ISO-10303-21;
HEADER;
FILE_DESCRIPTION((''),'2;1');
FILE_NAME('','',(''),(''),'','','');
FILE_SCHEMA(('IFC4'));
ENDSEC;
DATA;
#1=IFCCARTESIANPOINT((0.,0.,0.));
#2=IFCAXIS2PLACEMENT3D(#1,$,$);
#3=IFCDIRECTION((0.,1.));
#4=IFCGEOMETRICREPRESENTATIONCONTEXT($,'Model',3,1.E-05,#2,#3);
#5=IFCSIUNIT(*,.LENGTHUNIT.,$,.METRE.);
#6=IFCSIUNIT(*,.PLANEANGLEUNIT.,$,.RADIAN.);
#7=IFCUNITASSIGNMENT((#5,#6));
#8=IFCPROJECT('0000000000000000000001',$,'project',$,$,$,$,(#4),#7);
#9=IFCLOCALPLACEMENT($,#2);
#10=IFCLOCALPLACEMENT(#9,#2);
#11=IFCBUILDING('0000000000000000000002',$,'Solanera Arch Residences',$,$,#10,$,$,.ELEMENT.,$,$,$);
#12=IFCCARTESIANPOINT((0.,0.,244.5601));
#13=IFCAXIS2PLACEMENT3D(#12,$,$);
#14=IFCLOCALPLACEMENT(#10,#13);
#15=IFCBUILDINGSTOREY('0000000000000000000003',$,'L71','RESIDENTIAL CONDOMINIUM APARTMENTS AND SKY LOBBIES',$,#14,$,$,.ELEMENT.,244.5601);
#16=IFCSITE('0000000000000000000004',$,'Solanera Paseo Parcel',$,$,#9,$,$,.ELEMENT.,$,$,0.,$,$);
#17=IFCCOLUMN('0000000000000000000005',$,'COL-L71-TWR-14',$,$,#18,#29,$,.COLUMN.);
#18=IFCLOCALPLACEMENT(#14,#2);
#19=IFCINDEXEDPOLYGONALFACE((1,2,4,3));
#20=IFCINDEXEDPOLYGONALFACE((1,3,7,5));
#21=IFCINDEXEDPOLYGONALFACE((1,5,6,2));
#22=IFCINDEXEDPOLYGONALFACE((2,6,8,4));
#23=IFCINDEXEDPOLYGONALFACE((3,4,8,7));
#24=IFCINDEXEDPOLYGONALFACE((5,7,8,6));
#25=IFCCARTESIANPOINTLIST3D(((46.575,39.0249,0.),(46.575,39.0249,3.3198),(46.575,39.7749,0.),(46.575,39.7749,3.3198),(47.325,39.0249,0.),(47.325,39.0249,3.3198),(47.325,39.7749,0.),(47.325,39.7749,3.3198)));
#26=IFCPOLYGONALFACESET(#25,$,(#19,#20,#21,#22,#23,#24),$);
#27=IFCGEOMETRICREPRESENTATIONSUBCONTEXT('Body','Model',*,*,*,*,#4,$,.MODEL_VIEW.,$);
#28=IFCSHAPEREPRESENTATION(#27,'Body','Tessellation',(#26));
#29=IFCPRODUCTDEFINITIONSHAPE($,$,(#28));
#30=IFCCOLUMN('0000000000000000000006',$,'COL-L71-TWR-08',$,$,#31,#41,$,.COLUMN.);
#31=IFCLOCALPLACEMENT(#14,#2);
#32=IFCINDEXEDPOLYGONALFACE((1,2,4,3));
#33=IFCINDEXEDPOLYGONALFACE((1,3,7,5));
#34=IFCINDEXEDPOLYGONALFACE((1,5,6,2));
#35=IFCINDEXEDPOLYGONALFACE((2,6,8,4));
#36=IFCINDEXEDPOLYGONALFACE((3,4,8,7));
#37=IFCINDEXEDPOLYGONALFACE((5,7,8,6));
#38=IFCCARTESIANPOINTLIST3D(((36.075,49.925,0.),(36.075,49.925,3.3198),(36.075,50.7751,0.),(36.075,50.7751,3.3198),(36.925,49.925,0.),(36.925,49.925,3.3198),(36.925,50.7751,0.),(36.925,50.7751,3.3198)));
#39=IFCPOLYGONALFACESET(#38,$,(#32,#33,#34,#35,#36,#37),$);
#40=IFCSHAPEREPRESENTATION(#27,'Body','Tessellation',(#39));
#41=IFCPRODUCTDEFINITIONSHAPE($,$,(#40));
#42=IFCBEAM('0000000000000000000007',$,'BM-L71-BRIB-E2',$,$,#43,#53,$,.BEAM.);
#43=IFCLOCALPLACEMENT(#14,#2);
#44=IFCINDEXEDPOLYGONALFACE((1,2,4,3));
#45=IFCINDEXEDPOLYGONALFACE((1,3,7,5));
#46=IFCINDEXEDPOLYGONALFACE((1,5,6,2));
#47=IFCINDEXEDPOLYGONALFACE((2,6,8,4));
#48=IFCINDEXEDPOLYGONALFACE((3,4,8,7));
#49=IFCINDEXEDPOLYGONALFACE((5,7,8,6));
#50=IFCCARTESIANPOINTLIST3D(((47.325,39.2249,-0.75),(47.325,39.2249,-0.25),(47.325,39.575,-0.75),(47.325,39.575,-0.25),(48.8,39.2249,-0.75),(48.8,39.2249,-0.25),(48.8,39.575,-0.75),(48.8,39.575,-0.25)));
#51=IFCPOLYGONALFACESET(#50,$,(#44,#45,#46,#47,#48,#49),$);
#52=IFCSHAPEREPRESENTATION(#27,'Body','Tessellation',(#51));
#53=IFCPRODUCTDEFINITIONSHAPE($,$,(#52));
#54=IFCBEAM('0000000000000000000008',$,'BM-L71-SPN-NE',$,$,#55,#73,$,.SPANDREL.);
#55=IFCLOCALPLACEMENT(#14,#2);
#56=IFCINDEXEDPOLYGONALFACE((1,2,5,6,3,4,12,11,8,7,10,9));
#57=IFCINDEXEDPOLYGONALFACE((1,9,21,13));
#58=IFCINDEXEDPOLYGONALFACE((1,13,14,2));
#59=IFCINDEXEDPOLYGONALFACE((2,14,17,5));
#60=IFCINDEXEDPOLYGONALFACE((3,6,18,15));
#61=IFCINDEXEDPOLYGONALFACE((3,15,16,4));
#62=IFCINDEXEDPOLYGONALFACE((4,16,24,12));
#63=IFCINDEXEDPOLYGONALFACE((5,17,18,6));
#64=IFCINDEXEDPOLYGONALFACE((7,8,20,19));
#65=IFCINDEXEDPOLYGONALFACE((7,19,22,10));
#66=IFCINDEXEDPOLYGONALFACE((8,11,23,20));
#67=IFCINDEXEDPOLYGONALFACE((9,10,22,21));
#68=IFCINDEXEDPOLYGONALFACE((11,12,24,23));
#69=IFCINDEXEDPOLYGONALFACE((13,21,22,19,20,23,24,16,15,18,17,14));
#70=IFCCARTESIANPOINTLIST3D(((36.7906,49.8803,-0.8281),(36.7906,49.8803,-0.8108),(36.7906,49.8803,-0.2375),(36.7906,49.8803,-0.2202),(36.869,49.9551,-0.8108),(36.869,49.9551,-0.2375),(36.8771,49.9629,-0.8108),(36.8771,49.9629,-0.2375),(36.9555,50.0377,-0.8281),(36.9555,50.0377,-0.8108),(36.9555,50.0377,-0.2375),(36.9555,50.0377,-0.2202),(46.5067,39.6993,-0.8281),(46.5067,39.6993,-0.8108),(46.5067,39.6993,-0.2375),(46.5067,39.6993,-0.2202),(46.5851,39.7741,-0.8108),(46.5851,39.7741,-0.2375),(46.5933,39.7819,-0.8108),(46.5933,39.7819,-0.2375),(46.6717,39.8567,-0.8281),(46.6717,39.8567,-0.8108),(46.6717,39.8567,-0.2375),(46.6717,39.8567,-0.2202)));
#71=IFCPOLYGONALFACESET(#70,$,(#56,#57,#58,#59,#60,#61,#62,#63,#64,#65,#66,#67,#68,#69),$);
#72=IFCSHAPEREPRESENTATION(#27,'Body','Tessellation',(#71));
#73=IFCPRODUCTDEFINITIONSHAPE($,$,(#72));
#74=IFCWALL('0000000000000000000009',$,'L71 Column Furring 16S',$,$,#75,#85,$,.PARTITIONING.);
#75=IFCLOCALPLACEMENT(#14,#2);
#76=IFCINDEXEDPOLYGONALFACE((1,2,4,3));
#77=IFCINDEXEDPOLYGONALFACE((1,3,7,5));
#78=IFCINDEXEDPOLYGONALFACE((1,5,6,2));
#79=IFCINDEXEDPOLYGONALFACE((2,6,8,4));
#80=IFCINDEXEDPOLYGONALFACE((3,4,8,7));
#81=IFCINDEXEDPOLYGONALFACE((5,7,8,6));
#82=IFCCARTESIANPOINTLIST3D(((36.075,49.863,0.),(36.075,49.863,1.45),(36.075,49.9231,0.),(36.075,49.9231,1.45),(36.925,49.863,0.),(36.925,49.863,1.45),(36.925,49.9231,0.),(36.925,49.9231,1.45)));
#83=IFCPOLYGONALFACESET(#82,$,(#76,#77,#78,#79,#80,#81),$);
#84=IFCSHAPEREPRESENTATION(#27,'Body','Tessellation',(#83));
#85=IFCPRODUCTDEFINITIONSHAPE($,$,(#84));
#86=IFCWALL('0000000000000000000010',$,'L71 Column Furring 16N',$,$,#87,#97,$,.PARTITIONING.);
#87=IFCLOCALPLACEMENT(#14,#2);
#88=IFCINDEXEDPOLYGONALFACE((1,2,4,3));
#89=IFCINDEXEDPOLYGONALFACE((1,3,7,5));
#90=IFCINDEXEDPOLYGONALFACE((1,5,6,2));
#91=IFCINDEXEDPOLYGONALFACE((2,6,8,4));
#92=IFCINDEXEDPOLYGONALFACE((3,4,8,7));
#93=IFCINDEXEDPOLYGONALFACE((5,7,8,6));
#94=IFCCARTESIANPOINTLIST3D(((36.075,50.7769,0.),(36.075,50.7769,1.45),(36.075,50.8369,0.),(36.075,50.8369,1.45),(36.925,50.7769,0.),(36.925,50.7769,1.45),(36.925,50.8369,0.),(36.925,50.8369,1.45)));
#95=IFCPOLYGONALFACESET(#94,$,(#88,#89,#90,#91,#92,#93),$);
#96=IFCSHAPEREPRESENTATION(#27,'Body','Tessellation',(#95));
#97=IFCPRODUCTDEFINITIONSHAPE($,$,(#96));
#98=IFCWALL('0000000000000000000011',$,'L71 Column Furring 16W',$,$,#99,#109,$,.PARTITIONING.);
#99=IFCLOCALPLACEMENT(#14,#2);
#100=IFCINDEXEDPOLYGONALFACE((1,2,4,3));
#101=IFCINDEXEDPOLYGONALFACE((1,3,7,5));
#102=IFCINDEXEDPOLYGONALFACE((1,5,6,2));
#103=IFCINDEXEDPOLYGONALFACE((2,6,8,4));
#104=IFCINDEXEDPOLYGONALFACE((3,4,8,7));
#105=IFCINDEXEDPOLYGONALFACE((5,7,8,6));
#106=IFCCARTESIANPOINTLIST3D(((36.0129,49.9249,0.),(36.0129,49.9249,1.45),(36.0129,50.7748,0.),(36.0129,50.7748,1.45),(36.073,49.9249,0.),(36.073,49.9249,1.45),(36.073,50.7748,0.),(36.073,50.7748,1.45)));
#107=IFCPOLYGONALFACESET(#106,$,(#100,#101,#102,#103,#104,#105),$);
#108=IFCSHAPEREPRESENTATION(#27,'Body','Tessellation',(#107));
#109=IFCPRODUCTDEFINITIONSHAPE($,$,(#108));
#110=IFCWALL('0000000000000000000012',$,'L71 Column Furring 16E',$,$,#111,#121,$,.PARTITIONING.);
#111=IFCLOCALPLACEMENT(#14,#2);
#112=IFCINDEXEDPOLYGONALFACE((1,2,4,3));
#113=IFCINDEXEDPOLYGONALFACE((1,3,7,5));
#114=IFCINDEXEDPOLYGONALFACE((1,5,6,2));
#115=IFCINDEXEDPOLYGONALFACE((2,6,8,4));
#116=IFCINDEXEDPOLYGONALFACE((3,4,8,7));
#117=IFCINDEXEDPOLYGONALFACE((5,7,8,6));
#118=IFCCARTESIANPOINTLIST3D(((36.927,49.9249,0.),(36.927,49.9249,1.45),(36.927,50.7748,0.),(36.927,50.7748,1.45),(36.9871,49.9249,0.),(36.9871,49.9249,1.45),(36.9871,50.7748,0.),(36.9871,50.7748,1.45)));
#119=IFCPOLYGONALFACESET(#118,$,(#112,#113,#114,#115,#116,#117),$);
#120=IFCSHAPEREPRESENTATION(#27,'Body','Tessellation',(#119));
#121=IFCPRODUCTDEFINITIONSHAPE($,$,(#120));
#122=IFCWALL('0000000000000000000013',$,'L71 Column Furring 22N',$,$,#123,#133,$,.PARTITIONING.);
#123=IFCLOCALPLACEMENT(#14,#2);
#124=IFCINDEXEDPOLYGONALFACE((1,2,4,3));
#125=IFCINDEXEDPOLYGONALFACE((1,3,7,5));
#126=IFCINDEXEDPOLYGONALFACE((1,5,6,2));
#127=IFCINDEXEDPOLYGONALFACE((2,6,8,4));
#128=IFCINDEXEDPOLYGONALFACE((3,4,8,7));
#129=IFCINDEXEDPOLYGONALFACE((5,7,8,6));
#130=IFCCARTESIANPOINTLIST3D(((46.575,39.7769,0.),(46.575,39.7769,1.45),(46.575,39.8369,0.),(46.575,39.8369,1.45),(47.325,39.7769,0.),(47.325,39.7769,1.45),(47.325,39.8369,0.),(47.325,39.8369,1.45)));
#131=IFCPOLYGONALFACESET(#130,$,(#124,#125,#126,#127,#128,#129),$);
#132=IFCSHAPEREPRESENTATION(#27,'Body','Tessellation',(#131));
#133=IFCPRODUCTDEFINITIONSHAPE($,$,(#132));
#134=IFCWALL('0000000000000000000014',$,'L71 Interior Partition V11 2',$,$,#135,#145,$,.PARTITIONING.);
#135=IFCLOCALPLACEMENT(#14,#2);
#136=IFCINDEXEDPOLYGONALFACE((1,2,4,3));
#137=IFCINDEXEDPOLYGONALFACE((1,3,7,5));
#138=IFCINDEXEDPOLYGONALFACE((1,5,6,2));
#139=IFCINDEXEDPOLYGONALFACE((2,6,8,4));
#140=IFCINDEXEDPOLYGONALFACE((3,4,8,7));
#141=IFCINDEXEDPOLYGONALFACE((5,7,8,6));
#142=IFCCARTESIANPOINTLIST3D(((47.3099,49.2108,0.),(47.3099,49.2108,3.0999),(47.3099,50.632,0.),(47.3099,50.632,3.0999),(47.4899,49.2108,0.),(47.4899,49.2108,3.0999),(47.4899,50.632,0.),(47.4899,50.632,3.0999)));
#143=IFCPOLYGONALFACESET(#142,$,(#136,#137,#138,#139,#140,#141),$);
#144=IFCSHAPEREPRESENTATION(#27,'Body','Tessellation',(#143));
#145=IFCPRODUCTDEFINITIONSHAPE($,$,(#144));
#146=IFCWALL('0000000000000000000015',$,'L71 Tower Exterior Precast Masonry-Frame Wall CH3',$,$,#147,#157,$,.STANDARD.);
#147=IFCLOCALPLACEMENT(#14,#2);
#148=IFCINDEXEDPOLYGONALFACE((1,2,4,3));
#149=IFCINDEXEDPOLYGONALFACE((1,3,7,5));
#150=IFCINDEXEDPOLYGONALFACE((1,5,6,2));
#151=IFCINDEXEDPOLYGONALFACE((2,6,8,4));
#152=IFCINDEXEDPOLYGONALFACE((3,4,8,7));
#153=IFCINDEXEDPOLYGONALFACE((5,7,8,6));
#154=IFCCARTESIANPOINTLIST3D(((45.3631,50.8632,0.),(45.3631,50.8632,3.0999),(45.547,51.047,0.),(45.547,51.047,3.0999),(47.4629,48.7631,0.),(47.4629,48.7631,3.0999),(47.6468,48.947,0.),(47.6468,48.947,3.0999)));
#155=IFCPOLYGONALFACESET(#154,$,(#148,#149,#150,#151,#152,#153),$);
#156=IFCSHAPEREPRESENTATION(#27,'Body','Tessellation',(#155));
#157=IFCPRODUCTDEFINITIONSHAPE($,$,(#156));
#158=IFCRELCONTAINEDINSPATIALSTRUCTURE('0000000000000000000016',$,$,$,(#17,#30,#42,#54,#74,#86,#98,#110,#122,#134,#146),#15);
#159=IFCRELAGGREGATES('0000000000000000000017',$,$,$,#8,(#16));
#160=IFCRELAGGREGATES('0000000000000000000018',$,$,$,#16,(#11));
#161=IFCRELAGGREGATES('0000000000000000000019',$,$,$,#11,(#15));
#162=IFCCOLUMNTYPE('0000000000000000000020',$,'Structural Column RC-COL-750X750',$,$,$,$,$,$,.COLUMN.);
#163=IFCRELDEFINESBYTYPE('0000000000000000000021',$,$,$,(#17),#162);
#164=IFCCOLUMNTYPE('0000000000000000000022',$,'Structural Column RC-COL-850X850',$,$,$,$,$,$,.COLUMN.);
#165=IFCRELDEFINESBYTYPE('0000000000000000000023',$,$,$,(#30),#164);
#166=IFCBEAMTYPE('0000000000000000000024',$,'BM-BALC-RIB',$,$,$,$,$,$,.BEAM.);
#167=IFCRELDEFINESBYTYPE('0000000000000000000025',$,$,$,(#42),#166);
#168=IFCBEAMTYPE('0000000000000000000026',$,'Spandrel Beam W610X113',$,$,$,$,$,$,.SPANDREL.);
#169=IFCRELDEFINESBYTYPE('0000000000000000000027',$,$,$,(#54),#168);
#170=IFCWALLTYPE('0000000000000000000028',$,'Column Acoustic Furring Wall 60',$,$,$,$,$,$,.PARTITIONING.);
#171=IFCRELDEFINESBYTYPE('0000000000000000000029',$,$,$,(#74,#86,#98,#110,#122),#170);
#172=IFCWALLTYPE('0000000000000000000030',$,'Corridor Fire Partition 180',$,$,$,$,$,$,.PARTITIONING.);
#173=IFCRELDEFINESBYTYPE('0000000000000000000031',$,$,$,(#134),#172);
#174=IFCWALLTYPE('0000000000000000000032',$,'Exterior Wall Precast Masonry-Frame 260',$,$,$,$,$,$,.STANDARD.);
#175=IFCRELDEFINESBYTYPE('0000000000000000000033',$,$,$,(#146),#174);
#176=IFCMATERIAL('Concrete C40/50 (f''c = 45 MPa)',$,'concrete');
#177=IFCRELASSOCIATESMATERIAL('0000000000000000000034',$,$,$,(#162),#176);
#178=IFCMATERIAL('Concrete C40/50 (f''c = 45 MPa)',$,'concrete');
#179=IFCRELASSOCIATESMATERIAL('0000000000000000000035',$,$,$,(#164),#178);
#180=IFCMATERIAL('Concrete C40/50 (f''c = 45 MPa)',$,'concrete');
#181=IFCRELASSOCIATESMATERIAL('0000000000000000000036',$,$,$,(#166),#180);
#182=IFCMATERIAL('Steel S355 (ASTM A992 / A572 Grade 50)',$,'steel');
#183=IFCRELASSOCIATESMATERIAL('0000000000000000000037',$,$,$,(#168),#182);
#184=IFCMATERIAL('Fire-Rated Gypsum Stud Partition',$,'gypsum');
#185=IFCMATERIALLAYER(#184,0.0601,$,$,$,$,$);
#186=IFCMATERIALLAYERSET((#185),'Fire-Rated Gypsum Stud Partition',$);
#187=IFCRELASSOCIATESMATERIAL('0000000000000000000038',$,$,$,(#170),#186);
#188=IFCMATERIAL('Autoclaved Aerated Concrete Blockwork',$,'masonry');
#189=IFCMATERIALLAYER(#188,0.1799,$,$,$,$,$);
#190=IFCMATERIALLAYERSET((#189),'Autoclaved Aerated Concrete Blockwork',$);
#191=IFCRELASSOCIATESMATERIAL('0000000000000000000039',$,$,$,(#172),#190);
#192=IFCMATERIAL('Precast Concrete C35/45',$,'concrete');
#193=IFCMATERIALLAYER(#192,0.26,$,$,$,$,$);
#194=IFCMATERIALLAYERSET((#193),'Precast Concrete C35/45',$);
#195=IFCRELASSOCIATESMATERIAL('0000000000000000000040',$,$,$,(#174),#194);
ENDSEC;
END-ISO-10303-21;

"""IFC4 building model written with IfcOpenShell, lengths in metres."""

from ifc_helpers import new_model, si_unit, direction, frame, frame_2d, origin, origin_2d, place, context, subcontext, project, spatial, rectangle, i_section, extrude, material, layer, layer_set, material_profile, profile_set, type_object, element, save


model = new_model("IFC4")

# Units and contexts
model_context = context("Model", 3, precision=1e-05, world=origin(), true_north=direction((0.0, 1.0)))
body_context = subcontext(model_context, "Body", "Model", "MODEL_VIEW")
ifc_project = project(units=[si_unit("LENGTHUNIT", "METRE"), si_unit("PLANEANGLEUNIT", "RADIAN")], contexts=[model_context])

# Site, building, storey
site_placement = place(None, origin())
site = spatial("IfcSite", under=ifc_project, at=site_placement, Name="Solanera Paseo Parcel", CompositionType="ELEMENT", RefElevation=0.0)
building_placement = place(site_placement, origin())
building = spatial("IfcBuilding", under=site, at=building_placement, Name="Solanera Arch Residences", CompositionType="ELEMENT")
storey_placement = place(building_placement, frame((0.0, 0.0, 244.5601)))
storey = spatial("IfcBuildingStorey", under=building, at=storey_placement, Name="L71", Description="RESIDENTIAL CONDOMINIUM APARTMENTS AND SKY LOBBIES", CompositionType="ELEMENT", Elevation=244.5601)

# Columns
ifc_material_1 = material(Name="Concrete C40/50 (f'c = 45 MPa)", Category="concrete")
ifc_material_profile_1 = material_profile(ifc_material_1, rectangle(XDim=0.75, YDim=0.75, at=origin_2d()))
ifc_profile_set_1 = profile_set([ifc_material_profile_1], Name="Concrete C40/50 (f'c = 45 MPa)")
column_type_1 = type_object("IfcColumnType", Name="Structural Column RC-COL-750X750", PredefinedType="COLUMN", material=ifc_profile_set_1)
column_1_placement = place(storey_placement, frame((46.95, 39.3999, 0.0), z_axis=(0.0, 0.0, 1.0), x_axis=(1.0, 0.0, 0.0)))
element("IfcColumn", 1, at=column_1_placement, inside=storey, type_object=column_type_1, Name="COL-L71-TWR-14", PredefinedType="COLUMN", context=body_context, shape_type="SweptSolid", body=[
    extrude(rectangle(XDim=0.75, YDim=0.75, at=origin_2d()), origin(), (0.0, 0.0, 1.0), 3.3198),
])
ifc_material_2 = material(Name="Concrete C40/50 (f'c = 45 MPa)", Category="concrete")
ifc_material_profile_2 = material_profile(ifc_material_2, rectangle(XDim=0.8501, YDim=0.8501, at=origin_2d()))
ifc_profile_set_2 = profile_set([ifc_material_profile_2], Name="Concrete C40/50 (f'c = 45 MPa)")
column_type_2 = type_object("IfcColumnType", Name="Structural Column RC-COL-850X850", PredefinedType="COLUMN", material=ifc_profile_set_2)
column_2_placement = place(storey_placement, frame((36.5, 50.3501, 0.0), z_axis=(0.0, 0.0, 1.0), x_axis=(1.0, 0.0, 0.0)))
element("IfcColumn", 2, at=column_2_placement, inside=storey, type_object=column_type_2, Name="COL-L71-TWR-08", PredefinedType="COLUMN", context=body_context, shape_type="SweptSolid", body=[
    extrude(rectangle(XDim=0.8501, YDim=0.8501, at=origin_2d()), origin(), (0.0, 0.0, 1.0), 3.3198),
])

# Beams
ifc_material_3 = material(Name="Concrete C40/50 (f'c = 45 MPa)", Category="concrete")
ifc_material_profile_3 = material_profile(ifc_material_3, rectangle(XDim=0.3501, YDim=0.5, at=origin_2d()))
ifc_profile_set_3 = profile_set([ifc_material_profile_3], Name="Concrete C40/50 (f'c = 45 MPa)")
beam_type_1 = type_object("IfcBeamType", Name="BM-BALC-RIB", PredefinedType="BEAM", material=ifc_profile_set_3)
beam_1_placement = place(storey_placement, frame((47.325, 39.3999, -0.5), z_axis=(1.0, 0.0, 0.0), x_axis=(0.0, 1.0, 0.0)))
element("IfcBeam", 3, at=beam_1_placement, inside=storey, type_object=beam_type_1, Name="BM-L71-BRIB-E2", PredefinedType="BEAM", context=body_context, shape_type="SweptSolid", body=[
    extrude(rectangle(XDim=0.3501, YDim=0.5, at=origin_2d()), origin(), (0.0, 0.0, 1.0), 1.4751),
])
ifc_material_4 = material(Name="Steel S355 (ASTM A992 / A572 Grade 50)", Category="steel")
ifc_material_profile_4 = material_profile(ifc_material_4, i_section(OverallWidth=0.228, OverallDepth=0.6079, WebThickness=0.0112, FlangeThickness=0.0173, at=origin_2d()))
ifc_profile_set_4 = profile_set([ifc_material_profile_4], Name="Steel S355 (ASTM A992 / A572 Grade 50)")
beam_type_2 = type_object("IfcBeamType", Name="Spandrel Beam W610X113", PredefinedType="SPANDREL", material=ifc_profile_set_4)
beam_2_placement = place(storey_placement, frame((36.873, 49.959, -0.5242), z_axis=(0.690399, -0.723429, 0.0), x_axis=(0.723429, 0.690399, 0.0)))
element("IfcBeam", 4, at=beam_2_placement, inside=storey, type_object=beam_type_2, Name="BM-L71-SPN-NE", PredefinedType="SPANDREL", context=body_context, shape_type="SweptSolid", body=[
    extrude(i_section(OverallWidth=0.228, OverallDepth=0.6079, WebThickness=0.0112, FlangeThickness=0.0173, at=origin_2d()), origin(), (0.0, 0.0, 1.0), 14.0732),
])

# Walls
ifc_material_5 = material(Name="Fire-Rated Gypsum Stud Partition", Category="gypsum")
ifc_layer_1 = layer(ifc_material_5, 0.0601)
ifc_layer_set_1 = layer_set([ifc_layer_1], Name="Fire-Rated Gypsum Stud Partition")
wall_type_1 = type_object("IfcWallType", Name="Column Acoustic Furring Wall 60", PredefinedType="PARTITIONING", material=ifc_layer_set_1)
for number, where, z_axis, x_axis, name in (
    (5, (36.075, 49.8931, 0.0), (0.0, 0.0, 1.0), (1.0, 0.0, 0.0), "L71 Column Furring 16S"),
    (6, (36.075, 50.8069, 0.0), (0.0, 0.0, 1.0), (1.0, 0.0, 0.0), "L71 Column Furring 16N"),
):
    element("IfcWall", number, at=place(storey_placement, frame(where, z_axis=z_axis, x_axis=x_axis)), inside=storey, type_object=wall_type_1, Name=name, PredefinedType="PARTITIONING", context=body_context, shape_type="SweptSolid", body=[
        extrude(rectangle(XDim=0.8501, YDim=0.0601, at=frame_2d((0.425, 0.0))), origin(), (0.0, 0.0, 1.0), 1.45),
    ])
for number, where, z_axis, x_axis, name in (
    (7, (36.043, 49.925, 0.0), (0.0, 0.0, 1.0), (0.0, 1.0, 0.0), "L71 Column Furring 16W"),
    (8, (36.957, 49.925, 0.0), (0.0, 0.0, 1.0), (0.0, 1.0, 0.0), "L71 Column Furring 16E"),
):
    element("IfcWall", number, at=place(storey_placement, frame(where, z_axis=z_axis, x_axis=x_axis)), inside=storey, type_object=wall_type_1, Name=name, PredefinedType="PARTITIONING", context=body_context, shape_type="SweptSolid", body=[
        extrude(rectangle(XDim=0.8499, YDim=0.0601, at=frame_2d((0.4248, 0.0))), origin(), (0.0, 0.0, 1.0), 1.45),
    ])
wall_1_placement = place(storey_placement, frame((46.575, 39.8069, 0.0), z_axis=(0.0, 0.0, 1.0), x_axis=(1.0, 0.0, 0.0)))
element("IfcWall", 9, at=wall_1_placement, inside=storey, type_object=wall_type_1, Name="L71 Column Furring 22N", PredefinedType="PARTITIONING", context=body_context, shape_type="SweptSolid", body=[
    extrude(rectangle(XDim=0.75, YDim=0.0601, at=frame_2d((0.375, 0.0))), origin(), (0.0, 0.0, 1.0), 1.45),
])
ifc_material_6 = material(Name="Autoclaved Aerated Concrete Blockwork", Category="masonry")
ifc_layer_2 = layer(ifc_material_6, 0.1799)
ifc_layer_set_2 = layer_set([ifc_layer_2], Name="Autoclaved Aerated Concrete Blockwork")
wall_type_2 = type_object("IfcWallType", Name="Corridor Fire Partition 180", PredefinedType="PARTITIONING", material=ifc_layer_set_2)
wall_2_placement = place(storey_placement, frame((47.3999, 49.2109, 0.0), z_axis=(0.0, 0.0, 1.0), x_axis=(0.0, 1.0, 0.0)))
element("IfcWall", 10, at=wall_2_placement, inside=storey, type_object=wall_type_2, Name="L71 Interior Partition V11 2", PredefinedType="PARTITIONING", context=body_context, shape_type="SweptSolid", body=[
    extrude(rectangle(XDim=1.4211, YDim=0.1799, at=frame_2d((0.7104, 0.0))), origin(), (0.0, 0.0, 1.0), 3.0999),
])
ifc_material_7 = material(Name="Precast Concrete C35/45", Category="concrete")
ifc_layer_3 = layer(ifc_material_7, 0.26)
ifc_layer_set_3 = layer_set([ifc_layer_3], Name="Precast Concrete C35/45")
wall_type_3 = type_object("IfcWallType", Name="Exterior Wall Precast Masonry-Frame 260", PredefinedType="STANDARD", material=ifc_layer_set_3)
wall_3_placement = place(storey_placement, frame((45.4551, 50.9551, 0.0), z_axis=(0.0, 0.0, 1.0), x_axis=(0.707066, -0.707148, 0.0)))
element("IfcWall", 11, at=wall_3_placement, inside=storey, type_object=wall_type_3, Name="L71 Tower Exterior Precast Masonry-Frame Wall CH3", PredefinedType="STANDARD", context=body_context, shape_type="SweptSolid", body=[
    extrude(rectangle(XDim=2.9697, YDim=0.26, at=frame_2d((1.4849, 0.0))), origin(), (0.0, 0.0, 1.0), 3.0999),
])

save(model, "model.ifc")
